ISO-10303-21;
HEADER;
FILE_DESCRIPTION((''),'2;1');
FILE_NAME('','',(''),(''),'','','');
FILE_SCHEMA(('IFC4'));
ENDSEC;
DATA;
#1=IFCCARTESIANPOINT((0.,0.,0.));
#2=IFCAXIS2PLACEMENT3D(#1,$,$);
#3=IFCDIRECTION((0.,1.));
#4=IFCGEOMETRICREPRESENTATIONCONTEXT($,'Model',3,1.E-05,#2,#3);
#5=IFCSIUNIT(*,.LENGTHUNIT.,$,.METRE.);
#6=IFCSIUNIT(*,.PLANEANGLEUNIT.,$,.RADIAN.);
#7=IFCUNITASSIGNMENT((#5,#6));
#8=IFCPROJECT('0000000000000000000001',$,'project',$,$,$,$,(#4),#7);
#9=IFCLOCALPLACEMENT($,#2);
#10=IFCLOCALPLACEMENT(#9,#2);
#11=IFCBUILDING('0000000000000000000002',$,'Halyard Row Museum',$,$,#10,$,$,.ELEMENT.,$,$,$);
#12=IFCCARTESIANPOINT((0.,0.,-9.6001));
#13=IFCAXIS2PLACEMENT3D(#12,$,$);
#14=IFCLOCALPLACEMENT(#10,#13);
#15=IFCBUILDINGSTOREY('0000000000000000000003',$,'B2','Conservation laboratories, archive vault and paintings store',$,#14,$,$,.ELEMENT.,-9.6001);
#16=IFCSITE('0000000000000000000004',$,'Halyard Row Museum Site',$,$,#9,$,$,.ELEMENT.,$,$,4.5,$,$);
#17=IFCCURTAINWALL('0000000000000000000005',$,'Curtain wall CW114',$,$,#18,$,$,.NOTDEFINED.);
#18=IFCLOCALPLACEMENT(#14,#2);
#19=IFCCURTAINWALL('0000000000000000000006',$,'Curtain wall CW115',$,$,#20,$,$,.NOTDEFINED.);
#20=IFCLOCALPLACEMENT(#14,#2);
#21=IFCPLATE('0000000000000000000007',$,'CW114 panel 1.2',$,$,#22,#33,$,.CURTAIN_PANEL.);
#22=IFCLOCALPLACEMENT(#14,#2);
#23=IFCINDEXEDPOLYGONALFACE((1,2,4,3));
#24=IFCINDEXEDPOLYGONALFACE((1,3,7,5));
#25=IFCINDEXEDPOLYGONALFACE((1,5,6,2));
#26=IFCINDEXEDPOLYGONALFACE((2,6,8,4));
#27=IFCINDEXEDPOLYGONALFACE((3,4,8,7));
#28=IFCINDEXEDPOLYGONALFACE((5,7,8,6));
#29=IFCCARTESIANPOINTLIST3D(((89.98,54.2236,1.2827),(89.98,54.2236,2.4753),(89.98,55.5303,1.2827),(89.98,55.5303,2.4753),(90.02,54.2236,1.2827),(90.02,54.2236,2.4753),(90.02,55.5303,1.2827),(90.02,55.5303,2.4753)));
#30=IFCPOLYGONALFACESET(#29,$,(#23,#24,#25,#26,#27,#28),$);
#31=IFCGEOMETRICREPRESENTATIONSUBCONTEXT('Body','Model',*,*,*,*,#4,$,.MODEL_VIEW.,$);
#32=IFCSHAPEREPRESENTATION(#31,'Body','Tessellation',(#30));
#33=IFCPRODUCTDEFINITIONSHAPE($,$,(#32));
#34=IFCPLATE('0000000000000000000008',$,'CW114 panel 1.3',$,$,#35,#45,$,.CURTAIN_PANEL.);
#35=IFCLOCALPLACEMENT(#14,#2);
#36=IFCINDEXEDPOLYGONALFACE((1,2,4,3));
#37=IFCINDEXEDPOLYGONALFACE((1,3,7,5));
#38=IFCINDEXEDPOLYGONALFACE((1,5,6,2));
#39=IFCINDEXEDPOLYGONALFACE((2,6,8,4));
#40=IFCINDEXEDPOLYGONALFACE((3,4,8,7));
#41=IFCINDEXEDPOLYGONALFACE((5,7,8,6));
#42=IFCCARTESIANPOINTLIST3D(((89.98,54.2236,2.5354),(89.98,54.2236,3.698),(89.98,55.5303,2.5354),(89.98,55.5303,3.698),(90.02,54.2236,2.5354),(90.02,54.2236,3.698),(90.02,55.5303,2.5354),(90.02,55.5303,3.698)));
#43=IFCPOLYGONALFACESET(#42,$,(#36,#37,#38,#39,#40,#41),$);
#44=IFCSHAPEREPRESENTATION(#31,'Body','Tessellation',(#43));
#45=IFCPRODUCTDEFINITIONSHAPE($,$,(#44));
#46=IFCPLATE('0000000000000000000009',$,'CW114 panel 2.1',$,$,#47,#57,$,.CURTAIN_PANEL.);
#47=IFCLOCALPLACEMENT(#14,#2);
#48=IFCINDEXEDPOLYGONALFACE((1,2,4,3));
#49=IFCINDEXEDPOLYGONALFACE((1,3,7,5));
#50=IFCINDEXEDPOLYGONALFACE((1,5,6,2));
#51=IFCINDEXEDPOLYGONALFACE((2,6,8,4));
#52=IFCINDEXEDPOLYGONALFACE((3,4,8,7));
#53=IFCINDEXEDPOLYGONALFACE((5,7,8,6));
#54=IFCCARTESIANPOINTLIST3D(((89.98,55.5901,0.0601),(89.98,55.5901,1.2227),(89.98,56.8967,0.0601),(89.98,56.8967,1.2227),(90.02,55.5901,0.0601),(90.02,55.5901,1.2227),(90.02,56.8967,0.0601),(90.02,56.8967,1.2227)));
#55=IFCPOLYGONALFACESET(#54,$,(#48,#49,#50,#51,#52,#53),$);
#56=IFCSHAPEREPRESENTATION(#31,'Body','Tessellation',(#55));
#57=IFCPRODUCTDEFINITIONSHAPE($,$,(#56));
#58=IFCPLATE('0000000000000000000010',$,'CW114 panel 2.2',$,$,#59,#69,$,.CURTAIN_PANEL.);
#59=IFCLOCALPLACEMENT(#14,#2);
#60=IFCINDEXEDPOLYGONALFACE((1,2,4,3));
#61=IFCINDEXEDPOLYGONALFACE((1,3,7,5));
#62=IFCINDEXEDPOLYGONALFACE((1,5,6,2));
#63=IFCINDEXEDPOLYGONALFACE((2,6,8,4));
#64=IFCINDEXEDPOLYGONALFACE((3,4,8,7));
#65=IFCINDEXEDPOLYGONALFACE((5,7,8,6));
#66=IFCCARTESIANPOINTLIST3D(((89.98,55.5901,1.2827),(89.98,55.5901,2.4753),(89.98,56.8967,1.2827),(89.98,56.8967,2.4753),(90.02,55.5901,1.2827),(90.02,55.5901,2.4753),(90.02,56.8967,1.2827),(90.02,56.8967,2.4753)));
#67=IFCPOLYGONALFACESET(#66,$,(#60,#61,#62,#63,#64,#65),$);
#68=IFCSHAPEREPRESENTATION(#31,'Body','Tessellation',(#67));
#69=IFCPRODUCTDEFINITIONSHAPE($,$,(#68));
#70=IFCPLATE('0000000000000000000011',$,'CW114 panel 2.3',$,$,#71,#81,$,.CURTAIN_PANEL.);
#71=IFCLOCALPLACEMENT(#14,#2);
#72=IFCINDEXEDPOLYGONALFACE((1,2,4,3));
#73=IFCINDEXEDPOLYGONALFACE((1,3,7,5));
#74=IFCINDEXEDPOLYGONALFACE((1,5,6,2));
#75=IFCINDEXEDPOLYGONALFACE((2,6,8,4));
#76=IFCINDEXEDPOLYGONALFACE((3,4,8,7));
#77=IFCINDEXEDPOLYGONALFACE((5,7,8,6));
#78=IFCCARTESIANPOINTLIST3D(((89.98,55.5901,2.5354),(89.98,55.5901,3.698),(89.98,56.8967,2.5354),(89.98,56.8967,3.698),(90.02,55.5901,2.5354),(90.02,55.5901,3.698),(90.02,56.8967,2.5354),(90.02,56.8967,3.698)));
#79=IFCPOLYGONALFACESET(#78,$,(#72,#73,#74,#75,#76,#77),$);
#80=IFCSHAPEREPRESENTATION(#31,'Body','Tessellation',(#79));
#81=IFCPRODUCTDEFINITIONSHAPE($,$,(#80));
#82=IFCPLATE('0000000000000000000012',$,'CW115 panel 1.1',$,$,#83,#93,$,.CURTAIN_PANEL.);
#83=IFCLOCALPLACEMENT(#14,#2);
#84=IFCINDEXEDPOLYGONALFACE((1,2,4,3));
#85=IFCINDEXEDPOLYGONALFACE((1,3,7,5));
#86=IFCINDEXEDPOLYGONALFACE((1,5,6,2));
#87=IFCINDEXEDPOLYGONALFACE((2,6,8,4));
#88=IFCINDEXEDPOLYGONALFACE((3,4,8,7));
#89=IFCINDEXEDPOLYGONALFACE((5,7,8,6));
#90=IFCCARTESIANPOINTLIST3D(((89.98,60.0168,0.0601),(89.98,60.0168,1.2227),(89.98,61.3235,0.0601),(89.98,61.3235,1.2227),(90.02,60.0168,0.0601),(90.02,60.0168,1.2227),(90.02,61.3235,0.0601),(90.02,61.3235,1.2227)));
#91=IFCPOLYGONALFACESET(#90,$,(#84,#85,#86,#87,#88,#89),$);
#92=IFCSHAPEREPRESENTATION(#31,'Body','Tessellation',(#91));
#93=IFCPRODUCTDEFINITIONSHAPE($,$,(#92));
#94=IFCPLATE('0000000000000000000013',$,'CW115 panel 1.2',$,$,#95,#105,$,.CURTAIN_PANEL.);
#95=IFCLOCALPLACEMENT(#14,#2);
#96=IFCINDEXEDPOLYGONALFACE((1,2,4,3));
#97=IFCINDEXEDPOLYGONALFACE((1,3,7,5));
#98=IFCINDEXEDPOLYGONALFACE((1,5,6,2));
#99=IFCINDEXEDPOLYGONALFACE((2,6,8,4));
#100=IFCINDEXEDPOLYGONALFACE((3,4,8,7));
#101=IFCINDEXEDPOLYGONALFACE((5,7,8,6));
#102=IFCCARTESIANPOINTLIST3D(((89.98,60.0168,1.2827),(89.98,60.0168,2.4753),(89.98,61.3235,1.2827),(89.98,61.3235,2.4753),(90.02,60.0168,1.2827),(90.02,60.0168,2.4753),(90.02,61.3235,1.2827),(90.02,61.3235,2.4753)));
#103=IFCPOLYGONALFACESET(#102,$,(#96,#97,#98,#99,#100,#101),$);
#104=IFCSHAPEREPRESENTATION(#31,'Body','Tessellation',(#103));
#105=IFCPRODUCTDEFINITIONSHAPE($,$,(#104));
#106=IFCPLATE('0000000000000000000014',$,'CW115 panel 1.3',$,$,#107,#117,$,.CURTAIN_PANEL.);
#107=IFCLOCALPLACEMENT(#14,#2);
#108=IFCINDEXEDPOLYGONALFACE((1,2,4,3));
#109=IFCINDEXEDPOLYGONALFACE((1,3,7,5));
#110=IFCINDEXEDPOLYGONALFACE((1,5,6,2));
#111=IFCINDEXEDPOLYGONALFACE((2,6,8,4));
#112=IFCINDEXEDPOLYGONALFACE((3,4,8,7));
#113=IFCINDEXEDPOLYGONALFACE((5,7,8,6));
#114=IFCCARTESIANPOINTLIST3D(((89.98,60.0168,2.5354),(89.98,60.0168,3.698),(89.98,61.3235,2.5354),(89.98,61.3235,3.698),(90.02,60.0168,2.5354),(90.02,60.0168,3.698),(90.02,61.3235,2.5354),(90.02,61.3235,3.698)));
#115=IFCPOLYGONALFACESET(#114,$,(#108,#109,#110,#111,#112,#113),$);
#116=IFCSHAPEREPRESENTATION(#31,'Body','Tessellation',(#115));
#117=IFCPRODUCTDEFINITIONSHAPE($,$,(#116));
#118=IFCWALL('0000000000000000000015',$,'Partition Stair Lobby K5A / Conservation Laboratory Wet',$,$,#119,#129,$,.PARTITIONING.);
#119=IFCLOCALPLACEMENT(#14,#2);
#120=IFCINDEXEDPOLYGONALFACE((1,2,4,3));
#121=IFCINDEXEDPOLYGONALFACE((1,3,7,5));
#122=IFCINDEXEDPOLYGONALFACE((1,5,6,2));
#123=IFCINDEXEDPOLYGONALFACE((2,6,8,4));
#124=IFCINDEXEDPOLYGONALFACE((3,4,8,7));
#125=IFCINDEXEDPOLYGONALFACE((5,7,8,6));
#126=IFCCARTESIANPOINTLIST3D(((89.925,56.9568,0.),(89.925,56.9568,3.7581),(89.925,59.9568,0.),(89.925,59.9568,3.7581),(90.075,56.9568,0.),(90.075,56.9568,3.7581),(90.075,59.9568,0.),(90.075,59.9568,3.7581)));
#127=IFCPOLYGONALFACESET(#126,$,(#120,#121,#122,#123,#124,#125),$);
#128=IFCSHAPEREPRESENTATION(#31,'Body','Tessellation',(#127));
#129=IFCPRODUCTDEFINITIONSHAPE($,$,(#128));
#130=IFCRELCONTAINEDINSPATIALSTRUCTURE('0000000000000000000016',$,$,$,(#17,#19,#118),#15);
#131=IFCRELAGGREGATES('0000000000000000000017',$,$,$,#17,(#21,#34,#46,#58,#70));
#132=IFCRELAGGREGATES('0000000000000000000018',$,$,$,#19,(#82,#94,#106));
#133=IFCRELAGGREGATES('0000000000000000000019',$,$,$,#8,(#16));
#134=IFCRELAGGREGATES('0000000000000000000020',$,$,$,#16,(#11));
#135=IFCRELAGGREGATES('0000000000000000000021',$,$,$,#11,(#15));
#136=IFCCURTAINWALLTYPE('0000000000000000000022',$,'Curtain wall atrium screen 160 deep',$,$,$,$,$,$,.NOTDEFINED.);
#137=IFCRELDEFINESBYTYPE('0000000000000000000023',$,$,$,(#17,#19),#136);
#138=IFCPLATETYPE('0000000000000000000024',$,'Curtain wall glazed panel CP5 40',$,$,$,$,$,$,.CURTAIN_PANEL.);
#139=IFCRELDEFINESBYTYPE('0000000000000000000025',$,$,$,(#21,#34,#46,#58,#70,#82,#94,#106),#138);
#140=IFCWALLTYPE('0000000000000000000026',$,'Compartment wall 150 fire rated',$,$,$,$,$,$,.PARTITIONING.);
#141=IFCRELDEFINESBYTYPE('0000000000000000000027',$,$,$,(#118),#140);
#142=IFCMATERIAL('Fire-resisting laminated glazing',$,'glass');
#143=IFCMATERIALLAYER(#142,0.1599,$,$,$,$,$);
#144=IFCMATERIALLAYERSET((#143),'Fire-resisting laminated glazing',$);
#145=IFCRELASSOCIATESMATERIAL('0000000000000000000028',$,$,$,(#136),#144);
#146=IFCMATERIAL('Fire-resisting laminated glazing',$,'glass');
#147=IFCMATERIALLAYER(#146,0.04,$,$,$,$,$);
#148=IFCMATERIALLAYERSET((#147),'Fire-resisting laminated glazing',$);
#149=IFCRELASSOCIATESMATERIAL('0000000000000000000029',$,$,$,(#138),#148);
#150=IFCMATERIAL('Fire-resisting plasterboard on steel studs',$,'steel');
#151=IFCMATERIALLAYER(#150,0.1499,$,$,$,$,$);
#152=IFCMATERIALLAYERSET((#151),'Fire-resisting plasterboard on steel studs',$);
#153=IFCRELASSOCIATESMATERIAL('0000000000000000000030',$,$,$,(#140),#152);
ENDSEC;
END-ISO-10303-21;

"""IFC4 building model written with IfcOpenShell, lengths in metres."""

from ifc_helpers import new_model, si_unit, direction, frame, frame_2d, origin, origin_2d, place, context, subcontext, project, spatial, rectangle, extrude, material, layer, layer_set, type_object, element, aggregate, save


model = new_model("IFC4")

# Units and contexts
model_context = context("Model", 3, precision=1e-05, world=origin(), true_north=direction((0.0, 1.0)))
body_context = subcontext(model_context, "Body", "Model", "MODEL_VIEW")
ifc_project = project(units=[si_unit("LENGTHUNIT", "METRE"), si_unit("PLANEANGLEUNIT", "RADIAN")], contexts=[model_context])

# Site, building, storey
site_placement = place(None, origin())
site = spatial("IfcSite", under=ifc_project, at=site_placement, Name="Halyard Row Museum Site", CompositionType="ELEMENT", RefElevation=4.5)
building_placement = place(site_placement, origin())
building = spatial("IfcBuilding", under=site, at=building_placement, Name="Halyard Row Museum", CompositionType="ELEMENT")
storey_placement = place(building_placement, frame((0.0, 0.0, -9.6001)))
storey = spatial("IfcBuildingStorey", under=building, at=storey_placement, Name="B2", Description="Conservation laboratories, archive vault and paintings store", CompositionType="ELEMENT", Elevation=-9.6001)

# Curtain walls
ifc_material_1 = material(Name="Fire-resisting laminated glazing", Category="glass")
ifc_layer_1 = layer(ifc_material_1, 0.1599)
ifc_layer_set_1 = layer_set([ifc_layer_1], Name="Fire-resisting laminated glazing")
curtain_wall_type = type_object("IfcCurtainWallType", Name="Curtain wall atrium screen 160 deep", PredefinedType="NOTDEFINED", material=ifc_layer_set_1)
curtain_wall_1_placement = place(storey_placement, origin())
curtain_wall_1 = element("IfcCurtainWall", 1, at=curtain_wall_1_placement, inside=storey, type_object=curtain_wall_type, Name="Curtain wall CW114", PredefinedType="NOTDEFINED")
curtain_wall_2_placement = place(storey_placement, origin())
curtain_wall_2 = element("IfcCurtainWall", 2, at=curtain_wall_2_placement, inside=storey, type_object=curtain_wall_type, Name="Curtain wall CW115", PredefinedType="NOTDEFINED")

# Plates
ifc_material_2 = material(Name="Fire-resisting laminated glazing", Category="glass")
ifc_layer_2 = layer(ifc_material_2, 0.04)
ifc_layer_set_2 = layer_set([ifc_layer_2], Name="Fire-resisting laminated glazing")
plate_type = type_object("IfcPlateType", Name="Curtain wall glazed panel CP5 40", PredefinedType="CURTAIN_PANEL", material=ifc_layer_set_2)
plate_1_placement = place(storey_placement, frame((90.0, 54.877, 1.2827), z_axis=(0.0, 0.0, 1.0), x_axis=(0.0, 1.0, 0.0)))
plate_1 = element("IfcPlate", 3, at=plate_1_placement, type_object=plate_type, Name="CW114 panel 1.2", PredefinedType="CURTAIN_PANEL", context=body_context, shape_type="SweptSolid", body=[
    extrude(rectangle(XDim=1.3066, YDim=0.04, at=origin_2d()), origin(), (0.0, 0.0, 1.0), 1.1926),
])
plate_2_placement = place(storey_placement, frame((90.0, 54.877, 2.5354), z_axis=(0.0, 0.0, 1.0), x_axis=(0.0, 1.0, 0.0)))
plate_2 = element("IfcPlate", 4, at=plate_2_placement, type_object=plate_type, Name="CW114 panel 1.3", PredefinedType="CURTAIN_PANEL", context=body_context, shape_type="SweptSolid", body=[
    extrude(rectangle(XDim=1.3066, YDim=0.04, at=origin_2d()), origin(), (0.0, 0.0, 1.0), 1.1626),
])
plate_3_placement = place(storey_placement, frame((90.0, 56.2434, 0.0601), z_axis=(0.0, 0.0, 1.0), x_axis=(0.0, 1.0, 0.0)))
plate_3 = element("IfcPlate", 5, at=plate_3_placement, type_object=plate_type, Name="CW114 panel 2.1", PredefinedType="CURTAIN_PANEL", context=body_context, shape_type="SweptSolid", body=[
    extrude(rectangle(XDim=1.3066, YDim=0.04, at=origin_2d()), origin(), (0.0, 0.0, 1.0), 1.1626),
])
plate_4_placement = place(storey_placement, frame((90.0, 56.2434, 1.2827), z_axis=(0.0, 0.0, 1.0), x_axis=(0.0, 1.0, 0.0)))
plate_4 = element("IfcPlate", 6, at=plate_4_placement, type_object=plate_type, Name="CW114 panel 2.2", PredefinedType="CURTAIN_PANEL", context=body_context, shape_type="SweptSolid", body=[
    extrude(rectangle(XDim=1.3066, YDim=0.04, at=origin_2d()), origin(), (0.0, 0.0, 1.0), 1.1926),
])
plate_5_placement = place(storey_placement, frame((90.0, 56.2434, 2.5354), z_axis=(0.0, 0.0, 1.0), x_axis=(0.0, 1.0, 0.0)))
plate_5 = element("IfcPlate", 7, at=plate_5_placement, type_object=plate_type, Name="CW114 panel 2.3", PredefinedType="CURTAIN_PANEL", context=body_context, shape_type="SweptSolid", body=[
    extrude(rectangle(XDim=1.3066, YDim=0.04, at=origin_2d()), origin(), (0.0, 0.0, 1.0), 1.1626),
])
aggregate(curtain_wall_1, [plate_1, plate_2, plate_3, plate_4, plate_5])
plate_6_placement = place(storey_placement, frame((90.0, 60.6702, 0.0601), z_axis=(0.0, 0.0, 1.0), x_axis=(0.0, 1.0, 0.0)))
plate_6 = element("IfcPlate", 8, at=plate_6_placement, type_object=plate_type, Name="CW115 panel 1.1", PredefinedType="CURTAIN_PANEL", context=body_context, shape_type="SweptSolid", body=[
    extrude(rectangle(XDim=1.3066, YDim=0.04, at=origin_2d()), origin(), (0.0, 0.0, 1.0), 1.1626),
])
plate_7_placement = place(storey_placement, frame((90.0, 60.6702, 1.2827), z_axis=(0.0, 0.0, 1.0), x_axis=(0.0, 1.0, 0.0)))
plate_7 = element("IfcPlate", 9, at=plate_7_placement, type_object=plate_type, Name="CW115 panel 1.2", PredefinedType="CURTAIN_PANEL", context=body_context, shape_type="SweptSolid", body=[
    extrude(rectangle(XDim=1.3066, YDim=0.04, at=origin_2d()), origin(), (0.0, 0.0, 1.0), 1.1926),
])
plate_8_placement = place(storey_placement, frame((90.0, 60.6702, 2.5354), z_axis=(0.0, 0.0, 1.0), x_axis=(0.0, 1.0, 0.0)))
plate_8 = element("IfcPlate", 10, at=plate_8_placement, type_object=plate_type, Name="CW115 panel 1.3", PredefinedType="CURTAIN_PANEL", context=body_context, shape_type="SweptSolid", body=[
    extrude(rectangle(XDim=1.3066, YDim=0.04, at=origin_2d()), origin(), (0.0, 0.0, 1.0), 1.1626),
])
aggregate(curtain_wall_2, [plate_6, plate_7, plate_8])

# Wall
ifc_material_3 = material(Name="Fire-resisting plasterboard on steel studs", Category="steel")
ifc_layer_3 = layer(ifc_material_3, 0.1499)
ifc_layer_set_3 = layer_set([ifc_layer_3], Name="Fire-resisting plasterboard on steel studs")
wall_type = type_object("IfcWallType", Name="Compartment wall 150 fire rated", PredefinedType="PARTITIONING", material=ifc_layer_set_3)
wall_placement = place(storey_placement, frame((90.0, 56.9568, 0.0), z_axis=(0.0, 0.0, 1.0), x_axis=(0.0, 1.0, 0.0)))
element("IfcWall", 11, at=wall_placement, inside=storey, type_object=wall_type, Name="Partition Stair Lobby K5A / Conservation Laboratory Wet", PredefinedType="PARTITIONING", context=body_context, shape_type="SweptSolid", body=[
    extrude(rectangle(XDim=3.0, YDim=0.1499, at=frame_2d((1.5, 0.0))), origin(), (0.0, 0.0, 1.0), 3.7581),
])

save(model, "model.ifc")
